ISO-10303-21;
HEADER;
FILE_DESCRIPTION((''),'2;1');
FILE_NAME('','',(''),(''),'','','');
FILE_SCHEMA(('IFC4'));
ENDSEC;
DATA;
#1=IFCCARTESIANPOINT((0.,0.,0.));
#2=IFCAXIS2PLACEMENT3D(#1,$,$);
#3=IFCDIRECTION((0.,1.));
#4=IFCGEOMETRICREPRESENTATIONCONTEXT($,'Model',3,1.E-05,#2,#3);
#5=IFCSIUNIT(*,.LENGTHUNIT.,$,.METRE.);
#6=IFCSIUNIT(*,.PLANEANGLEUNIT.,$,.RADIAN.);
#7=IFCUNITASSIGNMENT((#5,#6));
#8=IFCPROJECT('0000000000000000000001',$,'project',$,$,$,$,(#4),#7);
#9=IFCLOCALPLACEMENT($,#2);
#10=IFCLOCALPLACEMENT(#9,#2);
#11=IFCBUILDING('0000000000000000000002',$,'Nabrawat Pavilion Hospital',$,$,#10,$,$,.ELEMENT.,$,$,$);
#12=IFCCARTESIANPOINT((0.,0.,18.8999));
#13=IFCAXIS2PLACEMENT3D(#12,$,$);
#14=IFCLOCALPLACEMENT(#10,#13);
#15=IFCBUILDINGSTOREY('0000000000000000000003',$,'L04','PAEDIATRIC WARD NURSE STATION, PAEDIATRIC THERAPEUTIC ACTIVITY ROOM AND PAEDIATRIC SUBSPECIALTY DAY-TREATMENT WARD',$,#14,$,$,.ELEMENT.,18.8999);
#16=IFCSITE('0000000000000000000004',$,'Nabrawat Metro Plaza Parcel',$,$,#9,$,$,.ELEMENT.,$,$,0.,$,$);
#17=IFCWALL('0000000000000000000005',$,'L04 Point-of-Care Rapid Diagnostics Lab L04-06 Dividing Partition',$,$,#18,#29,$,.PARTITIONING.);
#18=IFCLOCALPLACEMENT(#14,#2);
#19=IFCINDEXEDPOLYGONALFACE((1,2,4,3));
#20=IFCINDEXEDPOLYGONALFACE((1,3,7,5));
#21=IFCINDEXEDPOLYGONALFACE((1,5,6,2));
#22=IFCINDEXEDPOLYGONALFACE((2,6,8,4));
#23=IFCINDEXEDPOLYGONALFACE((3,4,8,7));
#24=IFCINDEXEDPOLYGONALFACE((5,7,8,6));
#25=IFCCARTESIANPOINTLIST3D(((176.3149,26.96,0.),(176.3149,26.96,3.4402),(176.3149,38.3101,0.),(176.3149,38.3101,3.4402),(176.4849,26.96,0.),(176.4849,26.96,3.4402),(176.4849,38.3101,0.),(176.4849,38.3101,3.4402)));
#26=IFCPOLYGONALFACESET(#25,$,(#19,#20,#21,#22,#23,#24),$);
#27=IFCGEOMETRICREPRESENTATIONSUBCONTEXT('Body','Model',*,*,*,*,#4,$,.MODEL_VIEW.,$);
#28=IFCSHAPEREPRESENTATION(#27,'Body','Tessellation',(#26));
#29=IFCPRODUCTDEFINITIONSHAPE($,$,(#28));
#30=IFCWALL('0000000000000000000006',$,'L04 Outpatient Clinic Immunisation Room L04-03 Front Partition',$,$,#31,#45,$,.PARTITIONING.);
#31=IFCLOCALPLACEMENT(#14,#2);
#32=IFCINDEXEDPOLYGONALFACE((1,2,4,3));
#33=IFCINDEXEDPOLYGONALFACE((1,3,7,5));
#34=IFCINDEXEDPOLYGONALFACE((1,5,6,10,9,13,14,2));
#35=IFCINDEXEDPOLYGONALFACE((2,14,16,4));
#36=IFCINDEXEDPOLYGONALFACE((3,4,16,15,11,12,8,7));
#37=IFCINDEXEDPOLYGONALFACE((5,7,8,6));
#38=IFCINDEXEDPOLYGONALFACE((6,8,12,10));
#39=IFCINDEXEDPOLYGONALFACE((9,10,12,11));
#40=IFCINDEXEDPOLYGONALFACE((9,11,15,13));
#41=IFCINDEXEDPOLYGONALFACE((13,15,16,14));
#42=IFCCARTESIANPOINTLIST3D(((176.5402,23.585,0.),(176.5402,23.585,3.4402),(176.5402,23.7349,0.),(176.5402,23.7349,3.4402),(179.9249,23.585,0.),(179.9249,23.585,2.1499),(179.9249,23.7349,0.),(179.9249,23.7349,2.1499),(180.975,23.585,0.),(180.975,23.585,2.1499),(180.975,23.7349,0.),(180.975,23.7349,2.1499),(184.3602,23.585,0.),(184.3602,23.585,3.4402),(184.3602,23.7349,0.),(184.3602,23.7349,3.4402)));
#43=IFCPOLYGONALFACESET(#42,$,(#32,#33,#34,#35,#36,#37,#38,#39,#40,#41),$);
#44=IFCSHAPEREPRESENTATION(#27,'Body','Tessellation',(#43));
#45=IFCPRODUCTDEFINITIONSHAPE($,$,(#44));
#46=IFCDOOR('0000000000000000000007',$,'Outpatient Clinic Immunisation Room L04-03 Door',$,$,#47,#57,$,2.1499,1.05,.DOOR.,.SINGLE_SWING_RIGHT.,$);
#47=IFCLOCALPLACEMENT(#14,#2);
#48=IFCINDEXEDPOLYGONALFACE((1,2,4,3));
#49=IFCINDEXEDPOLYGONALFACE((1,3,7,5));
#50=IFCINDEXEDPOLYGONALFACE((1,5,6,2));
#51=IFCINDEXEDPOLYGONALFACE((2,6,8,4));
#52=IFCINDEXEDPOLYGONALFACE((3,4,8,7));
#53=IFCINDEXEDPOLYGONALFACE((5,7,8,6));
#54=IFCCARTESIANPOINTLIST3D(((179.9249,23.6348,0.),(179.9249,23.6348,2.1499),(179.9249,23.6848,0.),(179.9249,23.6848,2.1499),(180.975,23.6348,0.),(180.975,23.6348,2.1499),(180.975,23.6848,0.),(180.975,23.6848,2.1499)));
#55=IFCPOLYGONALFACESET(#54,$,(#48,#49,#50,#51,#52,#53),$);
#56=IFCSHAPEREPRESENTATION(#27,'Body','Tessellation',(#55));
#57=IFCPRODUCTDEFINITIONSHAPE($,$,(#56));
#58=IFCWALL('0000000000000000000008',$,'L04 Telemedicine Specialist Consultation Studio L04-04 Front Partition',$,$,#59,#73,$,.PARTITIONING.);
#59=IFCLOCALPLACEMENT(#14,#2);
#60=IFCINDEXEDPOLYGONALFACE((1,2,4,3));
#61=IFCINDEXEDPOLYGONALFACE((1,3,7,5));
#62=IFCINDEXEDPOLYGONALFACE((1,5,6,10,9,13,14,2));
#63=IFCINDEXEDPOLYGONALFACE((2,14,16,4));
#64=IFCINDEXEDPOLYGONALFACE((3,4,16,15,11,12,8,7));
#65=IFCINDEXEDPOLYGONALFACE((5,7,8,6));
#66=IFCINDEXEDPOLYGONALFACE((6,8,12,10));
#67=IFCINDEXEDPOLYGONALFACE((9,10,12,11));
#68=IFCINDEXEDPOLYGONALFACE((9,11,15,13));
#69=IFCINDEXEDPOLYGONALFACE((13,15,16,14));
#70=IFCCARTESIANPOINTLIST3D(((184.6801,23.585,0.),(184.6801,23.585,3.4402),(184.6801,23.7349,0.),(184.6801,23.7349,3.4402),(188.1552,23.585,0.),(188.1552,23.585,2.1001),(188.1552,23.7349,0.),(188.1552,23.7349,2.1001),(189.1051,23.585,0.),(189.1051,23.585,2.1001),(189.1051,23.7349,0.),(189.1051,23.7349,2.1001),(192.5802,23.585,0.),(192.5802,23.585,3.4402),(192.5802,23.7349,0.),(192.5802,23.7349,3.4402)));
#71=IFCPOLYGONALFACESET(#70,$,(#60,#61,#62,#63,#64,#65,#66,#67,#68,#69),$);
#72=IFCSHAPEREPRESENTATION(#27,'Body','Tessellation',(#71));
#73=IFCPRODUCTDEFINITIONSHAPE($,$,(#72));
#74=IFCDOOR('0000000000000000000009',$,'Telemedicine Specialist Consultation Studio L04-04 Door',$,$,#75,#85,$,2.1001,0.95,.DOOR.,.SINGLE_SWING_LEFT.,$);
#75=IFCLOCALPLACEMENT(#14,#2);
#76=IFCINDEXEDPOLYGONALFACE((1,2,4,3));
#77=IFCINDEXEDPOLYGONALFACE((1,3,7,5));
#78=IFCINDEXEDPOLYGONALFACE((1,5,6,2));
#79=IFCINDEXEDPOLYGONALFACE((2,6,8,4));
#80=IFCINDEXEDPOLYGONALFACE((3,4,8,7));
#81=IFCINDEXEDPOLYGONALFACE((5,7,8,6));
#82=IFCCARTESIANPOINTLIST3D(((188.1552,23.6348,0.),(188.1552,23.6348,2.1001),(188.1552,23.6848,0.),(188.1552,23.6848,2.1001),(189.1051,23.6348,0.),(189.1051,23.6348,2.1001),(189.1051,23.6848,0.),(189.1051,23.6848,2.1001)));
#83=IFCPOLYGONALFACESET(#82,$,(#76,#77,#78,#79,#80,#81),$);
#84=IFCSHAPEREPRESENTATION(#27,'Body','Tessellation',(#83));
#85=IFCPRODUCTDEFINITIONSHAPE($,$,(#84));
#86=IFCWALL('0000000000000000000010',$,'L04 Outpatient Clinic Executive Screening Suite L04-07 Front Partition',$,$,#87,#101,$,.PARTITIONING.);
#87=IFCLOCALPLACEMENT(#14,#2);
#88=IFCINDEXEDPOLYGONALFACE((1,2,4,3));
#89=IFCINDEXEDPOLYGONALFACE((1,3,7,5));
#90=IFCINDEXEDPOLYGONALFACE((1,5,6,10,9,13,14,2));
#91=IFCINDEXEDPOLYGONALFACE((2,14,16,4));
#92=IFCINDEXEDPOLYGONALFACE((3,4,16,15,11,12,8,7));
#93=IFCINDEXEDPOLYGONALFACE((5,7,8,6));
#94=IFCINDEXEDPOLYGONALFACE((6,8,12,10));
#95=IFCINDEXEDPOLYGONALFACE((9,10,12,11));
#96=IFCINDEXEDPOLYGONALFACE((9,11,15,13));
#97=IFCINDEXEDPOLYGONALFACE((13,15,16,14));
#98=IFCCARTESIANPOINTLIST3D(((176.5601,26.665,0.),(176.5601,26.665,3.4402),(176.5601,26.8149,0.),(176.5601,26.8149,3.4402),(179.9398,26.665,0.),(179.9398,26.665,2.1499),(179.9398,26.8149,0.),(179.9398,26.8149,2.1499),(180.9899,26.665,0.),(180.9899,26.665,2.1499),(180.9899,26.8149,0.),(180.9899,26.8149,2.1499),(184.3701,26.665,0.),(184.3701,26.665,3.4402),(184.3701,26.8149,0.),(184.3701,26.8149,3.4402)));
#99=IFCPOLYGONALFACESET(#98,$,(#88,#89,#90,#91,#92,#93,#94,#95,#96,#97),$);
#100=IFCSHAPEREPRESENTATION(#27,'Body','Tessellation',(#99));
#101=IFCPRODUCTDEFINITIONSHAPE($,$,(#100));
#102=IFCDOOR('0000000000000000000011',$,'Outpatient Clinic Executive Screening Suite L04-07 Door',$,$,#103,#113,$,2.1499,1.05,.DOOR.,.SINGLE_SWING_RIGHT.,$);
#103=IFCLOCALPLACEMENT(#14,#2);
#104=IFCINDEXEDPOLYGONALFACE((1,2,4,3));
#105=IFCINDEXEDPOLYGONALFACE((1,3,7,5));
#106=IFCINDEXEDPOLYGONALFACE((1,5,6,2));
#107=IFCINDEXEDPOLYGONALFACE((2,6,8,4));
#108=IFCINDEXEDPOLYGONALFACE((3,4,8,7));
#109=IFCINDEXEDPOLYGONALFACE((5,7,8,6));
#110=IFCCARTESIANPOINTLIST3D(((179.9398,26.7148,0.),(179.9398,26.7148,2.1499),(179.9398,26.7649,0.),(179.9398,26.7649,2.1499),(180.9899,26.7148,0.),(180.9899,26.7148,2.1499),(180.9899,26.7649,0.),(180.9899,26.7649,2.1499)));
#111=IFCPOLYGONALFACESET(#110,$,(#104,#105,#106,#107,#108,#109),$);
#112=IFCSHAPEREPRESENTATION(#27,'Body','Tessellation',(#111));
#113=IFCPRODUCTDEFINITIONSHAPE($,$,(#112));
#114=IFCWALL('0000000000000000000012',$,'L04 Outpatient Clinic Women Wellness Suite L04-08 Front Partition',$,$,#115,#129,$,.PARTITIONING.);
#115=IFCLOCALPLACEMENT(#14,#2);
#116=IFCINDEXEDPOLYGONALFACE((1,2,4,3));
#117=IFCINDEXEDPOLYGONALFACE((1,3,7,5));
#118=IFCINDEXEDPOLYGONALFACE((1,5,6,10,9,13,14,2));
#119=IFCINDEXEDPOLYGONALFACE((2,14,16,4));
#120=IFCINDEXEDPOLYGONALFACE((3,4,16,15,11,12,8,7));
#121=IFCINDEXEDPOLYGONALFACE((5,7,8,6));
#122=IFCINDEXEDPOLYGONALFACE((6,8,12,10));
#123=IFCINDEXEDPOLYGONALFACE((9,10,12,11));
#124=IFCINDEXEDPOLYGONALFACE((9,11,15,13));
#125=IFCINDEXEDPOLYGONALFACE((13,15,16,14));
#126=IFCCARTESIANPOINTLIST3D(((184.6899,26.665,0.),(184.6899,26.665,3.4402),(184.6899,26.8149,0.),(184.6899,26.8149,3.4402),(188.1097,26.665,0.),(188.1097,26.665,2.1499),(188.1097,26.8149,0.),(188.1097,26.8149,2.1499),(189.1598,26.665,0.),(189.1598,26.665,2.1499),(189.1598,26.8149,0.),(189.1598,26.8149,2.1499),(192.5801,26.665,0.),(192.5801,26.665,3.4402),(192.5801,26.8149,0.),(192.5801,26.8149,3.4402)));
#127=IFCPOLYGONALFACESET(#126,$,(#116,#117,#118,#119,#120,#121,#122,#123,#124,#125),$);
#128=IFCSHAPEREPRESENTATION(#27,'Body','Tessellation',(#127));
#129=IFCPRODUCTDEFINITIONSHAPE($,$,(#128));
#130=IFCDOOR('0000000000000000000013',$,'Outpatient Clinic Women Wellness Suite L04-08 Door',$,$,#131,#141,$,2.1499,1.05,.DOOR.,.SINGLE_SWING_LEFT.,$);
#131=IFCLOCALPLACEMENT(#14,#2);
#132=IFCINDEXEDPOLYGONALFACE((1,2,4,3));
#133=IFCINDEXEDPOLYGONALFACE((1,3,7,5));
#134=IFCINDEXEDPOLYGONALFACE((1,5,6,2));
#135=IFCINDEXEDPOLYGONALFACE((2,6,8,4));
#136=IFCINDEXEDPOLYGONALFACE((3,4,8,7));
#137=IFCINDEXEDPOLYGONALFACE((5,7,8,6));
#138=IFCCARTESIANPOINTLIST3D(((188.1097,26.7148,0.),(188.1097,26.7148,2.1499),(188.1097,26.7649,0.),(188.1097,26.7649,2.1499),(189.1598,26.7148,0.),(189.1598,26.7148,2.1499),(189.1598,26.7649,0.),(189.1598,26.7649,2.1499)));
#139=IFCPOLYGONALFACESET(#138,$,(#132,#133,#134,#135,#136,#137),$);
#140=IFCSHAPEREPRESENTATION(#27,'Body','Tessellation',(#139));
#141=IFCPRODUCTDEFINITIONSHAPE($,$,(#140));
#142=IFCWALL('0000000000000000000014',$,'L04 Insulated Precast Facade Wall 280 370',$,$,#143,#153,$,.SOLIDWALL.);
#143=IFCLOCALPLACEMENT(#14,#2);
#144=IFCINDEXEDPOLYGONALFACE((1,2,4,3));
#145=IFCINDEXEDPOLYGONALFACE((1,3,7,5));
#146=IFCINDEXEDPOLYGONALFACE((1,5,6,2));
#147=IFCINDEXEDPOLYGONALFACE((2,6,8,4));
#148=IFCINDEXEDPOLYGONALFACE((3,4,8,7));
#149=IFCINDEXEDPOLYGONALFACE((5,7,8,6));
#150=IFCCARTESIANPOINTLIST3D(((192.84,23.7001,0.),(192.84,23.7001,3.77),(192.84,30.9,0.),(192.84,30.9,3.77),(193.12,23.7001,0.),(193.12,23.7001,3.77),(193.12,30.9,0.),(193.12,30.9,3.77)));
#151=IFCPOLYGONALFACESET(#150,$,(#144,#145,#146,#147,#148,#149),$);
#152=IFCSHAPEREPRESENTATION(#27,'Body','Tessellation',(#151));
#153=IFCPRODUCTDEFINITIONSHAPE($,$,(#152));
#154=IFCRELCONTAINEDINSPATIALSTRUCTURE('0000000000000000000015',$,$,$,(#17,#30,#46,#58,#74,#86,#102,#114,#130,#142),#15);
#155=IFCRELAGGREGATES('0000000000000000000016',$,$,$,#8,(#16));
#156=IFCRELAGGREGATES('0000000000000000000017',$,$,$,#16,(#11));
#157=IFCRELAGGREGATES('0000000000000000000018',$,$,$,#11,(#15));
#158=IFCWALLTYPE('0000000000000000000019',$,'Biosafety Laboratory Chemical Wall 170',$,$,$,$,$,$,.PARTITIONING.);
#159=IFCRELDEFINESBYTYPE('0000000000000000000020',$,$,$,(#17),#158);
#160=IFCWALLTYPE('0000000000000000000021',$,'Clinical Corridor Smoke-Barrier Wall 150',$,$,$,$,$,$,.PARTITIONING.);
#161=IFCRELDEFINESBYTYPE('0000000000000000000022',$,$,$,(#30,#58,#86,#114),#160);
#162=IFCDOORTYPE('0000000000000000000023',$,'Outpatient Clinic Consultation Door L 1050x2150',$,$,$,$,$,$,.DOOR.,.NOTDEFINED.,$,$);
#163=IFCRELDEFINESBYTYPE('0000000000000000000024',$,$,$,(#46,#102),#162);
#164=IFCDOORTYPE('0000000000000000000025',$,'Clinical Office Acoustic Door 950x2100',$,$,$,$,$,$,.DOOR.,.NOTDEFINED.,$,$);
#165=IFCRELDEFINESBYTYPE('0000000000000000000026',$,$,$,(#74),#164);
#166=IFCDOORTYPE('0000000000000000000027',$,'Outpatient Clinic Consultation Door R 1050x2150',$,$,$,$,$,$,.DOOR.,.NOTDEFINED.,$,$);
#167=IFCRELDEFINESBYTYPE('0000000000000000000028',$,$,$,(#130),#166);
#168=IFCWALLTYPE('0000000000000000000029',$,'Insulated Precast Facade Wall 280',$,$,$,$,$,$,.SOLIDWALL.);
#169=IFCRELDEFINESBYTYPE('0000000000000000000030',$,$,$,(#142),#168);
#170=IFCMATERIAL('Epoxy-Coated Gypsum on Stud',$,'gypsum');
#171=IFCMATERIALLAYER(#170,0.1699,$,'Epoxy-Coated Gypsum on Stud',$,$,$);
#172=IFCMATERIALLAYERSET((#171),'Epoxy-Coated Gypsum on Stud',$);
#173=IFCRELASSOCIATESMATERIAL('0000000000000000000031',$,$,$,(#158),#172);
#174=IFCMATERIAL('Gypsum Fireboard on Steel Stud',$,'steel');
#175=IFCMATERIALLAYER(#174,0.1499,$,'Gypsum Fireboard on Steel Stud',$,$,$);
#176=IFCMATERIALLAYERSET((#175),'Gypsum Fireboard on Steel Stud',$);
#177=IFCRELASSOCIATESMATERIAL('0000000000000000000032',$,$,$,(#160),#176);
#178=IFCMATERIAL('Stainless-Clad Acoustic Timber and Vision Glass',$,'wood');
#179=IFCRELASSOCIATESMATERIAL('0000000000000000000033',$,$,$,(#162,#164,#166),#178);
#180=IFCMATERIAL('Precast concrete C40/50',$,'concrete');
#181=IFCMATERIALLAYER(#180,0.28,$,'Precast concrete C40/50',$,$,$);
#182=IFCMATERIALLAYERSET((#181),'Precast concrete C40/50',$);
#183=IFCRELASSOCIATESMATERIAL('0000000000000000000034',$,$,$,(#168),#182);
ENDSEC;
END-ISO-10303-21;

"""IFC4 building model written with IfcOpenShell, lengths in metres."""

from ifc_helpers import new_model, si_unit, direction, frame, frame_2d, origin, place, context, subcontext, project, spatial, rectangle, extrude, material, layer, layer_set, type_object, element, fill, save


model = new_model("IFC4")

# Units and contexts
model_context = context("Model", 3, precision=1e-05, world=origin(), true_north=direction((0.0, 1.0)))
body_context = subcontext(model_context, "Body", "Model", "MODEL_VIEW")
ifc_project = project(units=[si_unit("LENGTHUNIT", "METRE"), si_unit("PLANEANGLEUNIT", "RADIAN")], contexts=[model_context])

# Site, building, storey
site_placement = place(None, origin())
site = spatial("IfcSite", under=ifc_project, at=site_placement, Name="Nabrawat Metro Plaza Parcel", CompositionType="ELEMENT", RefElevation=0.0)
building_placement = place(site_placement, origin())
building = spatial("IfcBuilding", under=site, at=building_placement, Name="Nabrawat Pavilion Hospital", CompositionType="ELEMENT")
storey_placement = place(building_placement, frame((0.0, 0.0, 18.8999)))
storey = spatial("IfcBuildingStorey", under=building, at=storey_placement, Name="L04", Description="PAEDIATRIC WARD NURSE STATION, PAEDIATRIC THERAPEUTIC ACTIVITY ROOM AND PAEDIATRIC SUBSPECIALTY DAY-TREATMENT WARD", CompositionType="ELEMENT", Elevation=18.8999)

# Wall
ifc_material_1 = material(Name="Epoxy-Coated Gypsum on Stud", Category="gypsum")
ifc_layer_1 = layer(ifc_material_1, 0.1699, Name="Epoxy-Coated Gypsum on Stud")
ifc_layer_set_1 = layer_set([ifc_layer_1], Name="Epoxy-Coated Gypsum on Stud")
wall_type_1 = type_object("IfcWallType", Name="Biosafety Laboratory Chemical Wall 170", PredefinedType="PARTITIONING", material=ifc_layer_set_1)
wall_1_placement = place(storey_placement, frame((176.3999, 26.96, 0.0), z_axis=(0.0, 0.0, 1.0), x_axis=(0.0, 1.0, 0.0)))
element("IfcWall", 1, at=wall_1_placement, inside=storey, type_object=wall_type_1, Name="L04 Point-of-Care Rapid Diagnostics Lab L04-06 Dividing Partition", PredefinedType="PARTITIONING", context=body_context, shape_type="SweptSolid", body=[
    extrude(rectangle(XDim=11.3501, YDim=0.1699, at=frame_2d((5.675, 0.0))), origin(), (0.0, 0.0, 1.0), 3.4402),
])

# Walls, openings, doors
ifc_material_2 = material(Name="Gypsum Fireboard on Steel Stud", Category="steel")
ifc_layer_2 = layer(ifc_material_2, 0.1499, Name="Gypsum Fireboard on Steel Stud")
ifc_layer_set_2 = layer_set([ifc_layer_2], Name="Gypsum Fireboard on Steel Stud")
wall_type_2 = type_object("IfcWallType", Name="Clinical Corridor Smoke-Barrier Wall 150", PredefinedType="PARTITIONING", material=ifc_layer_set_2)
wall_2_placement = place(storey_placement, frame((176.54, 23.6599, 0.0), z_axis=(0.0, 0.0, 1.0), x_axis=(1.0, 0.0, 0.0)))
wall_2 = element("IfcWall", 2, at=wall_2_placement, inside=storey, type_object=wall_type_2, Name="L04 Outpatient Clinic Immunisation Room L04-03 Front Partition", PredefinedType="PARTITIONING", context=body_context, shape_type="SweptSolid", body=[
    extrude(rectangle(XDim=7.8201, YDim=0.1499, at=frame_2d((3.9102, 0.0))), origin(), (0.0, 0.0, 1.0), 3.4402),
])
opening_1_placement = place(wall_2_placement, frame((3.385, 0.0, 0.0)))
opening_1 = element("IfcOpeningElement", 3, at=opening_1_placement, cuts=wall_2, PredefinedType="OPENING", context=body_context, shape_type="SweptSolid", body=[
    extrude(rectangle(XDim=1.05, YDim=2.1499, at=frame_2d((0.5249, 1.075))), frame((0.0, 0.085, 0.0), z_axis=(0.0, -1.0, 0.0), x_axis=(1.0, 0.0, 0.0)), (0.0, 0.0, 1.0), 0.1699),
])
ifc_material_3 = material(Name="Stainless-Clad Acoustic Timber and Vision Glass", Category="wood")
door_type_1 = type_object("IfcDoorType", Name="Outpatient Clinic Consultation Door L 1050x2150", OperationType="NOTDEFINED", PredefinedType="DOOR", material=ifc_material_3)
door_1_placement = place(opening_1_placement, origin())
door_1 = element("IfcDoor", 4, at=door_1_placement, inside=storey, type_object=door_type_1, Name="Outpatient Clinic Immunisation Room L04-03 Door", OperationType="SINGLE_SWING_RIGHT", OverallHeight=2.1499, OverallWidth=1.05, PredefinedType="DOOR", context=body_context, shape_type="SweptSolid", body=[
    extrude(rectangle(XDim=1.05, YDim=2.1499, at=frame_2d((0.5249, 1.075))), frame((0.0, 0.0249, 0.0), z_axis=(0.0, -1.0, 0.0), x_axis=(1.0, 0.0, 0.0)), (0.0, 0.0, 1.0), 0.05),
])
fill(opening_1, door_1)
wall_3_placement = place(storey_placement, frame((184.6799, 23.6599, 0.0), z_axis=(0.0, 0.0, 1.0), x_axis=(1.0, 0.0, 0.0)))
wall_3 = element("IfcWall", 5, at=wall_3_placement, inside=storey, type_object=wall_type_2, Name="L04 Telemedicine Specialist Consultation Studio L04-04 Front Partition", PredefinedType="PARTITIONING", context=body_context, shape_type="SweptSolid", body=[
    extrude(rectangle(XDim=7.9001, YDim=0.1499, at=frame_2d((3.9502, 0.0))), origin(), (0.0, 0.0, 1.0), 3.4402),
])
opening_2_placement = place(wall_3_placement, frame((3.4751, 0.0, 0.0)))
opening_2 = element("IfcOpeningElement", 6, at=opening_2_placement, cuts=wall_3, PredefinedType="OPENING", context=body_context, shape_type="SweptSolid", body=[
    extrude(rectangle(XDim=0.95, YDim=2.1001, at=frame_2d((0.4751, 1.05))), frame((0.0, 0.085, 0.0), z_axis=(0.0, -1.0, 0.0), x_axis=(1.0, 0.0, 0.0)), (0.0, 0.0, 1.0), 0.1699),
])
door_type_2 = type_object("IfcDoorType", Name="Clinical Office Acoustic Door 950x2100", OperationType="NOTDEFINED", PredefinedType="DOOR", material=ifc_material_3)
door_2_placement = place(opening_2_placement, origin())
door_2 = element("IfcDoor", 7, at=door_2_placement, inside=storey, type_object=door_type_2, Name="Telemedicine Specialist Consultation Studio L04-04 Door", OperationType="SINGLE_SWING_LEFT", OverallHeight=2.1001, OverallWidth=0.95, PredefinedType="DOOR", context=body_context, shape_type="SweptSolid", body=[
    extrude(rectangle(XDim=0.95, YDim=2.1001, at=frame_2d((0.4751, 1.05))), frame((0.0, 0.0249, 0.0), z_axis=(0.0, -1.0, 0.0), x_axis=(1.0, 0.0, 0.0)), (0.0, 0.0, 1.0), 0.05),
])
fill(opening_2, door_2)
wall_4_placement = place(storey_placement, frame((176.5601, 26.74, 0.0), z_axis=(0.0, 0.0, 1.0), x_axis=(1.0, 0.0, 0.0)))
wall_4 = element("IfcWall", 8, at=wall_4_placement, inside=storey, type_object=wall_type_2, Name="L04 Outpatient Clinic Executive Screening Suite L04-07 Front Partition", PredefinedType="PARTITIONING", context=body_context, shape_type="SweptSolid", body=[
    extrude(rectangle(XDim=7.8101, YDim=0.1499, at=frame_2d((3.905, 0.0))), origin(), (0.0, 0.0, 1.0), 3.4402),
])
opening_3_placement = place(wall_4_placement, frame((3.3799, 0.0, 0.0)))
opening_3 = element("IfcOpeningElement", 9, at=opening_3_placement, cuts=wall_4, PredefinedType="OPENING", context=body_context, shape_type="SweptSolid", body=[
    extrude(rectangle(XDim=1.05, YDim=2.1499, at=frame_2d((0.5249, 1.075))), frame((0.0, 0.085, 0.0), z_axis=(0.0, -1.0, 0.0), x_axis=(1.0, 0.0, 0.0)), (0.0, 0.0, 1.0), 0.1699),
])
door_3_placement = place(opening_3_placement, origin())
door_3 = element("IfcDoor", 10, at=door_3_placement, inside=storey, type_object=door_type_1, Name="Outpatient Clinic Executive Screening Suite L04-07 Door", OperationType="SINGLE_SWING_RIGHT", OverallHeight=2.1499, OverallWidth=1.05, PredefinedType="DOOR", context=body_context, shape_type="SweptSolid", body=[
    extrude(rectangle(XDim=1.05, YDim=2.1499, at=frame_2d((0.5249, 1.075))), frame((0.0, 0.0249, 0.0), z_axis=(0.0, -1.0, 0.0), x_axis=(1.0, 0.0, 0.0)), (0.0, 0.0, 1.0), 0.05),
])
fill(opening_3, door_3)
wall_5_placement = place(storey_placement, frame((184.6899, 26.74, 0.0), z_axis=(0.0, 0.0, 1.0), x_axis=(1.0, 0.0, 0.0)))
wall_5 = element("IfcWall", 11, at=wall_5_placement, inside=storey, type_object=wall_type_2, Name="L04 Outpatient Clinic Women Wellness Suite L04-08 Front Partition", PredefinedType="PARTITIONING", context=body_context, shape_type="SweptSolid", body=[
    extrude(rectangle(XDim=7.8901, YDim=0.1499, at=frame_2d((3.9451, 0.0))), origin(), (0.0, 0.0, 1.0), 3.4402),
])
opening_4_placement = place(wall_5_placement, frame((3.4199, 0.0, 0.0)))
opening_4 = element("IfcOpeningElement", 12, at=opening_4_placement, cuts=wall_5, PredefinedType="OPENING", context=body_context, shape_type="SweptSolid", body=[
    extrude(rectangle(XDim=1.05, YDim=2.1499, at=frame_2d((0.5249, 1.075))), frame((0.0, 0.085, 0.0), z_axis=(0.0, -1.0, 0.0), x_axis=(1.0, 0.0, 0.0)), (0.0, 0.0, 1.0), 0.1699),
])
door_type_3 = type_object("IfcDoorType", Name="Outpatient Clinic Consultation Door R 1050x2150", OperationType="NOTDEFINED", PredefinedType="DOOR", material=ifc_material_3)
door_4_placement = place(opening_4_placement, origin())
door_4 = element("IfcDoor", 13, at=door_4_placement, inside=storey, type_object=door_type_3, Name="Outpatient Clinic Women Wellness Suite L04-08 Door", OperationType="SINGLE_SWING_LEFT", OverallHeight=2.1499, OverallWidth=1.05, PredefinedType="DOOR", context=body_context, shape_type="SweptSolid", body=[
    extrude(rectangle(XDim=1.05, YDim=2.1499, at=frame_2d((0.5249, 1.075))), frame((0.0, 0.0249, 0.0), z_axis=(0.0, -1.0, 0.0), x_axis=(1.0, 0.0, 0.0)), (0.0, 0.0, 1.0), 0.05),
])
fill(opening_4, door_4)

# Wall
ifc_material_4 = material(Name="Precast concrete C40/50", Category="concrete")
ifc_layer_3 = layer(ifc_material_4, 0.28, Name="Precast concrete C40/50")
ifc_layer_set_3 = layer_set([ifc_layer_3], Name="Precast concrete C40/50")
wall_type_3 = type_object("IfcWallType", Name="Insulated Precast Facade Wall 280", PredefinedType="SOLIDWALL", material=ifc_layer_set_3)
wall_6_placement = place(storey_placement, frame((192.98, 23.7, 0.0), z_axis=(0.0, 0.0, 1.0), x_axis=(0.0, 1.0, 0.0)))
element("IfcWall", 14, at=wall_6_placement, inside=storey, type_object=wall_type_3, Name="L04 Insulated Precast Facade Wall 280 370", PredefinedType="SOLIDWALL", context=body_context, shape_type="SweptSolid", body=[
    extrude(rectangle(XDim=7.2, YDim=0.28, at=frame_2d((3.6001, 0.0))), origin(), (0.0, 0.0, 1.0), 3.77),
])

save(model, "model.ifc")
